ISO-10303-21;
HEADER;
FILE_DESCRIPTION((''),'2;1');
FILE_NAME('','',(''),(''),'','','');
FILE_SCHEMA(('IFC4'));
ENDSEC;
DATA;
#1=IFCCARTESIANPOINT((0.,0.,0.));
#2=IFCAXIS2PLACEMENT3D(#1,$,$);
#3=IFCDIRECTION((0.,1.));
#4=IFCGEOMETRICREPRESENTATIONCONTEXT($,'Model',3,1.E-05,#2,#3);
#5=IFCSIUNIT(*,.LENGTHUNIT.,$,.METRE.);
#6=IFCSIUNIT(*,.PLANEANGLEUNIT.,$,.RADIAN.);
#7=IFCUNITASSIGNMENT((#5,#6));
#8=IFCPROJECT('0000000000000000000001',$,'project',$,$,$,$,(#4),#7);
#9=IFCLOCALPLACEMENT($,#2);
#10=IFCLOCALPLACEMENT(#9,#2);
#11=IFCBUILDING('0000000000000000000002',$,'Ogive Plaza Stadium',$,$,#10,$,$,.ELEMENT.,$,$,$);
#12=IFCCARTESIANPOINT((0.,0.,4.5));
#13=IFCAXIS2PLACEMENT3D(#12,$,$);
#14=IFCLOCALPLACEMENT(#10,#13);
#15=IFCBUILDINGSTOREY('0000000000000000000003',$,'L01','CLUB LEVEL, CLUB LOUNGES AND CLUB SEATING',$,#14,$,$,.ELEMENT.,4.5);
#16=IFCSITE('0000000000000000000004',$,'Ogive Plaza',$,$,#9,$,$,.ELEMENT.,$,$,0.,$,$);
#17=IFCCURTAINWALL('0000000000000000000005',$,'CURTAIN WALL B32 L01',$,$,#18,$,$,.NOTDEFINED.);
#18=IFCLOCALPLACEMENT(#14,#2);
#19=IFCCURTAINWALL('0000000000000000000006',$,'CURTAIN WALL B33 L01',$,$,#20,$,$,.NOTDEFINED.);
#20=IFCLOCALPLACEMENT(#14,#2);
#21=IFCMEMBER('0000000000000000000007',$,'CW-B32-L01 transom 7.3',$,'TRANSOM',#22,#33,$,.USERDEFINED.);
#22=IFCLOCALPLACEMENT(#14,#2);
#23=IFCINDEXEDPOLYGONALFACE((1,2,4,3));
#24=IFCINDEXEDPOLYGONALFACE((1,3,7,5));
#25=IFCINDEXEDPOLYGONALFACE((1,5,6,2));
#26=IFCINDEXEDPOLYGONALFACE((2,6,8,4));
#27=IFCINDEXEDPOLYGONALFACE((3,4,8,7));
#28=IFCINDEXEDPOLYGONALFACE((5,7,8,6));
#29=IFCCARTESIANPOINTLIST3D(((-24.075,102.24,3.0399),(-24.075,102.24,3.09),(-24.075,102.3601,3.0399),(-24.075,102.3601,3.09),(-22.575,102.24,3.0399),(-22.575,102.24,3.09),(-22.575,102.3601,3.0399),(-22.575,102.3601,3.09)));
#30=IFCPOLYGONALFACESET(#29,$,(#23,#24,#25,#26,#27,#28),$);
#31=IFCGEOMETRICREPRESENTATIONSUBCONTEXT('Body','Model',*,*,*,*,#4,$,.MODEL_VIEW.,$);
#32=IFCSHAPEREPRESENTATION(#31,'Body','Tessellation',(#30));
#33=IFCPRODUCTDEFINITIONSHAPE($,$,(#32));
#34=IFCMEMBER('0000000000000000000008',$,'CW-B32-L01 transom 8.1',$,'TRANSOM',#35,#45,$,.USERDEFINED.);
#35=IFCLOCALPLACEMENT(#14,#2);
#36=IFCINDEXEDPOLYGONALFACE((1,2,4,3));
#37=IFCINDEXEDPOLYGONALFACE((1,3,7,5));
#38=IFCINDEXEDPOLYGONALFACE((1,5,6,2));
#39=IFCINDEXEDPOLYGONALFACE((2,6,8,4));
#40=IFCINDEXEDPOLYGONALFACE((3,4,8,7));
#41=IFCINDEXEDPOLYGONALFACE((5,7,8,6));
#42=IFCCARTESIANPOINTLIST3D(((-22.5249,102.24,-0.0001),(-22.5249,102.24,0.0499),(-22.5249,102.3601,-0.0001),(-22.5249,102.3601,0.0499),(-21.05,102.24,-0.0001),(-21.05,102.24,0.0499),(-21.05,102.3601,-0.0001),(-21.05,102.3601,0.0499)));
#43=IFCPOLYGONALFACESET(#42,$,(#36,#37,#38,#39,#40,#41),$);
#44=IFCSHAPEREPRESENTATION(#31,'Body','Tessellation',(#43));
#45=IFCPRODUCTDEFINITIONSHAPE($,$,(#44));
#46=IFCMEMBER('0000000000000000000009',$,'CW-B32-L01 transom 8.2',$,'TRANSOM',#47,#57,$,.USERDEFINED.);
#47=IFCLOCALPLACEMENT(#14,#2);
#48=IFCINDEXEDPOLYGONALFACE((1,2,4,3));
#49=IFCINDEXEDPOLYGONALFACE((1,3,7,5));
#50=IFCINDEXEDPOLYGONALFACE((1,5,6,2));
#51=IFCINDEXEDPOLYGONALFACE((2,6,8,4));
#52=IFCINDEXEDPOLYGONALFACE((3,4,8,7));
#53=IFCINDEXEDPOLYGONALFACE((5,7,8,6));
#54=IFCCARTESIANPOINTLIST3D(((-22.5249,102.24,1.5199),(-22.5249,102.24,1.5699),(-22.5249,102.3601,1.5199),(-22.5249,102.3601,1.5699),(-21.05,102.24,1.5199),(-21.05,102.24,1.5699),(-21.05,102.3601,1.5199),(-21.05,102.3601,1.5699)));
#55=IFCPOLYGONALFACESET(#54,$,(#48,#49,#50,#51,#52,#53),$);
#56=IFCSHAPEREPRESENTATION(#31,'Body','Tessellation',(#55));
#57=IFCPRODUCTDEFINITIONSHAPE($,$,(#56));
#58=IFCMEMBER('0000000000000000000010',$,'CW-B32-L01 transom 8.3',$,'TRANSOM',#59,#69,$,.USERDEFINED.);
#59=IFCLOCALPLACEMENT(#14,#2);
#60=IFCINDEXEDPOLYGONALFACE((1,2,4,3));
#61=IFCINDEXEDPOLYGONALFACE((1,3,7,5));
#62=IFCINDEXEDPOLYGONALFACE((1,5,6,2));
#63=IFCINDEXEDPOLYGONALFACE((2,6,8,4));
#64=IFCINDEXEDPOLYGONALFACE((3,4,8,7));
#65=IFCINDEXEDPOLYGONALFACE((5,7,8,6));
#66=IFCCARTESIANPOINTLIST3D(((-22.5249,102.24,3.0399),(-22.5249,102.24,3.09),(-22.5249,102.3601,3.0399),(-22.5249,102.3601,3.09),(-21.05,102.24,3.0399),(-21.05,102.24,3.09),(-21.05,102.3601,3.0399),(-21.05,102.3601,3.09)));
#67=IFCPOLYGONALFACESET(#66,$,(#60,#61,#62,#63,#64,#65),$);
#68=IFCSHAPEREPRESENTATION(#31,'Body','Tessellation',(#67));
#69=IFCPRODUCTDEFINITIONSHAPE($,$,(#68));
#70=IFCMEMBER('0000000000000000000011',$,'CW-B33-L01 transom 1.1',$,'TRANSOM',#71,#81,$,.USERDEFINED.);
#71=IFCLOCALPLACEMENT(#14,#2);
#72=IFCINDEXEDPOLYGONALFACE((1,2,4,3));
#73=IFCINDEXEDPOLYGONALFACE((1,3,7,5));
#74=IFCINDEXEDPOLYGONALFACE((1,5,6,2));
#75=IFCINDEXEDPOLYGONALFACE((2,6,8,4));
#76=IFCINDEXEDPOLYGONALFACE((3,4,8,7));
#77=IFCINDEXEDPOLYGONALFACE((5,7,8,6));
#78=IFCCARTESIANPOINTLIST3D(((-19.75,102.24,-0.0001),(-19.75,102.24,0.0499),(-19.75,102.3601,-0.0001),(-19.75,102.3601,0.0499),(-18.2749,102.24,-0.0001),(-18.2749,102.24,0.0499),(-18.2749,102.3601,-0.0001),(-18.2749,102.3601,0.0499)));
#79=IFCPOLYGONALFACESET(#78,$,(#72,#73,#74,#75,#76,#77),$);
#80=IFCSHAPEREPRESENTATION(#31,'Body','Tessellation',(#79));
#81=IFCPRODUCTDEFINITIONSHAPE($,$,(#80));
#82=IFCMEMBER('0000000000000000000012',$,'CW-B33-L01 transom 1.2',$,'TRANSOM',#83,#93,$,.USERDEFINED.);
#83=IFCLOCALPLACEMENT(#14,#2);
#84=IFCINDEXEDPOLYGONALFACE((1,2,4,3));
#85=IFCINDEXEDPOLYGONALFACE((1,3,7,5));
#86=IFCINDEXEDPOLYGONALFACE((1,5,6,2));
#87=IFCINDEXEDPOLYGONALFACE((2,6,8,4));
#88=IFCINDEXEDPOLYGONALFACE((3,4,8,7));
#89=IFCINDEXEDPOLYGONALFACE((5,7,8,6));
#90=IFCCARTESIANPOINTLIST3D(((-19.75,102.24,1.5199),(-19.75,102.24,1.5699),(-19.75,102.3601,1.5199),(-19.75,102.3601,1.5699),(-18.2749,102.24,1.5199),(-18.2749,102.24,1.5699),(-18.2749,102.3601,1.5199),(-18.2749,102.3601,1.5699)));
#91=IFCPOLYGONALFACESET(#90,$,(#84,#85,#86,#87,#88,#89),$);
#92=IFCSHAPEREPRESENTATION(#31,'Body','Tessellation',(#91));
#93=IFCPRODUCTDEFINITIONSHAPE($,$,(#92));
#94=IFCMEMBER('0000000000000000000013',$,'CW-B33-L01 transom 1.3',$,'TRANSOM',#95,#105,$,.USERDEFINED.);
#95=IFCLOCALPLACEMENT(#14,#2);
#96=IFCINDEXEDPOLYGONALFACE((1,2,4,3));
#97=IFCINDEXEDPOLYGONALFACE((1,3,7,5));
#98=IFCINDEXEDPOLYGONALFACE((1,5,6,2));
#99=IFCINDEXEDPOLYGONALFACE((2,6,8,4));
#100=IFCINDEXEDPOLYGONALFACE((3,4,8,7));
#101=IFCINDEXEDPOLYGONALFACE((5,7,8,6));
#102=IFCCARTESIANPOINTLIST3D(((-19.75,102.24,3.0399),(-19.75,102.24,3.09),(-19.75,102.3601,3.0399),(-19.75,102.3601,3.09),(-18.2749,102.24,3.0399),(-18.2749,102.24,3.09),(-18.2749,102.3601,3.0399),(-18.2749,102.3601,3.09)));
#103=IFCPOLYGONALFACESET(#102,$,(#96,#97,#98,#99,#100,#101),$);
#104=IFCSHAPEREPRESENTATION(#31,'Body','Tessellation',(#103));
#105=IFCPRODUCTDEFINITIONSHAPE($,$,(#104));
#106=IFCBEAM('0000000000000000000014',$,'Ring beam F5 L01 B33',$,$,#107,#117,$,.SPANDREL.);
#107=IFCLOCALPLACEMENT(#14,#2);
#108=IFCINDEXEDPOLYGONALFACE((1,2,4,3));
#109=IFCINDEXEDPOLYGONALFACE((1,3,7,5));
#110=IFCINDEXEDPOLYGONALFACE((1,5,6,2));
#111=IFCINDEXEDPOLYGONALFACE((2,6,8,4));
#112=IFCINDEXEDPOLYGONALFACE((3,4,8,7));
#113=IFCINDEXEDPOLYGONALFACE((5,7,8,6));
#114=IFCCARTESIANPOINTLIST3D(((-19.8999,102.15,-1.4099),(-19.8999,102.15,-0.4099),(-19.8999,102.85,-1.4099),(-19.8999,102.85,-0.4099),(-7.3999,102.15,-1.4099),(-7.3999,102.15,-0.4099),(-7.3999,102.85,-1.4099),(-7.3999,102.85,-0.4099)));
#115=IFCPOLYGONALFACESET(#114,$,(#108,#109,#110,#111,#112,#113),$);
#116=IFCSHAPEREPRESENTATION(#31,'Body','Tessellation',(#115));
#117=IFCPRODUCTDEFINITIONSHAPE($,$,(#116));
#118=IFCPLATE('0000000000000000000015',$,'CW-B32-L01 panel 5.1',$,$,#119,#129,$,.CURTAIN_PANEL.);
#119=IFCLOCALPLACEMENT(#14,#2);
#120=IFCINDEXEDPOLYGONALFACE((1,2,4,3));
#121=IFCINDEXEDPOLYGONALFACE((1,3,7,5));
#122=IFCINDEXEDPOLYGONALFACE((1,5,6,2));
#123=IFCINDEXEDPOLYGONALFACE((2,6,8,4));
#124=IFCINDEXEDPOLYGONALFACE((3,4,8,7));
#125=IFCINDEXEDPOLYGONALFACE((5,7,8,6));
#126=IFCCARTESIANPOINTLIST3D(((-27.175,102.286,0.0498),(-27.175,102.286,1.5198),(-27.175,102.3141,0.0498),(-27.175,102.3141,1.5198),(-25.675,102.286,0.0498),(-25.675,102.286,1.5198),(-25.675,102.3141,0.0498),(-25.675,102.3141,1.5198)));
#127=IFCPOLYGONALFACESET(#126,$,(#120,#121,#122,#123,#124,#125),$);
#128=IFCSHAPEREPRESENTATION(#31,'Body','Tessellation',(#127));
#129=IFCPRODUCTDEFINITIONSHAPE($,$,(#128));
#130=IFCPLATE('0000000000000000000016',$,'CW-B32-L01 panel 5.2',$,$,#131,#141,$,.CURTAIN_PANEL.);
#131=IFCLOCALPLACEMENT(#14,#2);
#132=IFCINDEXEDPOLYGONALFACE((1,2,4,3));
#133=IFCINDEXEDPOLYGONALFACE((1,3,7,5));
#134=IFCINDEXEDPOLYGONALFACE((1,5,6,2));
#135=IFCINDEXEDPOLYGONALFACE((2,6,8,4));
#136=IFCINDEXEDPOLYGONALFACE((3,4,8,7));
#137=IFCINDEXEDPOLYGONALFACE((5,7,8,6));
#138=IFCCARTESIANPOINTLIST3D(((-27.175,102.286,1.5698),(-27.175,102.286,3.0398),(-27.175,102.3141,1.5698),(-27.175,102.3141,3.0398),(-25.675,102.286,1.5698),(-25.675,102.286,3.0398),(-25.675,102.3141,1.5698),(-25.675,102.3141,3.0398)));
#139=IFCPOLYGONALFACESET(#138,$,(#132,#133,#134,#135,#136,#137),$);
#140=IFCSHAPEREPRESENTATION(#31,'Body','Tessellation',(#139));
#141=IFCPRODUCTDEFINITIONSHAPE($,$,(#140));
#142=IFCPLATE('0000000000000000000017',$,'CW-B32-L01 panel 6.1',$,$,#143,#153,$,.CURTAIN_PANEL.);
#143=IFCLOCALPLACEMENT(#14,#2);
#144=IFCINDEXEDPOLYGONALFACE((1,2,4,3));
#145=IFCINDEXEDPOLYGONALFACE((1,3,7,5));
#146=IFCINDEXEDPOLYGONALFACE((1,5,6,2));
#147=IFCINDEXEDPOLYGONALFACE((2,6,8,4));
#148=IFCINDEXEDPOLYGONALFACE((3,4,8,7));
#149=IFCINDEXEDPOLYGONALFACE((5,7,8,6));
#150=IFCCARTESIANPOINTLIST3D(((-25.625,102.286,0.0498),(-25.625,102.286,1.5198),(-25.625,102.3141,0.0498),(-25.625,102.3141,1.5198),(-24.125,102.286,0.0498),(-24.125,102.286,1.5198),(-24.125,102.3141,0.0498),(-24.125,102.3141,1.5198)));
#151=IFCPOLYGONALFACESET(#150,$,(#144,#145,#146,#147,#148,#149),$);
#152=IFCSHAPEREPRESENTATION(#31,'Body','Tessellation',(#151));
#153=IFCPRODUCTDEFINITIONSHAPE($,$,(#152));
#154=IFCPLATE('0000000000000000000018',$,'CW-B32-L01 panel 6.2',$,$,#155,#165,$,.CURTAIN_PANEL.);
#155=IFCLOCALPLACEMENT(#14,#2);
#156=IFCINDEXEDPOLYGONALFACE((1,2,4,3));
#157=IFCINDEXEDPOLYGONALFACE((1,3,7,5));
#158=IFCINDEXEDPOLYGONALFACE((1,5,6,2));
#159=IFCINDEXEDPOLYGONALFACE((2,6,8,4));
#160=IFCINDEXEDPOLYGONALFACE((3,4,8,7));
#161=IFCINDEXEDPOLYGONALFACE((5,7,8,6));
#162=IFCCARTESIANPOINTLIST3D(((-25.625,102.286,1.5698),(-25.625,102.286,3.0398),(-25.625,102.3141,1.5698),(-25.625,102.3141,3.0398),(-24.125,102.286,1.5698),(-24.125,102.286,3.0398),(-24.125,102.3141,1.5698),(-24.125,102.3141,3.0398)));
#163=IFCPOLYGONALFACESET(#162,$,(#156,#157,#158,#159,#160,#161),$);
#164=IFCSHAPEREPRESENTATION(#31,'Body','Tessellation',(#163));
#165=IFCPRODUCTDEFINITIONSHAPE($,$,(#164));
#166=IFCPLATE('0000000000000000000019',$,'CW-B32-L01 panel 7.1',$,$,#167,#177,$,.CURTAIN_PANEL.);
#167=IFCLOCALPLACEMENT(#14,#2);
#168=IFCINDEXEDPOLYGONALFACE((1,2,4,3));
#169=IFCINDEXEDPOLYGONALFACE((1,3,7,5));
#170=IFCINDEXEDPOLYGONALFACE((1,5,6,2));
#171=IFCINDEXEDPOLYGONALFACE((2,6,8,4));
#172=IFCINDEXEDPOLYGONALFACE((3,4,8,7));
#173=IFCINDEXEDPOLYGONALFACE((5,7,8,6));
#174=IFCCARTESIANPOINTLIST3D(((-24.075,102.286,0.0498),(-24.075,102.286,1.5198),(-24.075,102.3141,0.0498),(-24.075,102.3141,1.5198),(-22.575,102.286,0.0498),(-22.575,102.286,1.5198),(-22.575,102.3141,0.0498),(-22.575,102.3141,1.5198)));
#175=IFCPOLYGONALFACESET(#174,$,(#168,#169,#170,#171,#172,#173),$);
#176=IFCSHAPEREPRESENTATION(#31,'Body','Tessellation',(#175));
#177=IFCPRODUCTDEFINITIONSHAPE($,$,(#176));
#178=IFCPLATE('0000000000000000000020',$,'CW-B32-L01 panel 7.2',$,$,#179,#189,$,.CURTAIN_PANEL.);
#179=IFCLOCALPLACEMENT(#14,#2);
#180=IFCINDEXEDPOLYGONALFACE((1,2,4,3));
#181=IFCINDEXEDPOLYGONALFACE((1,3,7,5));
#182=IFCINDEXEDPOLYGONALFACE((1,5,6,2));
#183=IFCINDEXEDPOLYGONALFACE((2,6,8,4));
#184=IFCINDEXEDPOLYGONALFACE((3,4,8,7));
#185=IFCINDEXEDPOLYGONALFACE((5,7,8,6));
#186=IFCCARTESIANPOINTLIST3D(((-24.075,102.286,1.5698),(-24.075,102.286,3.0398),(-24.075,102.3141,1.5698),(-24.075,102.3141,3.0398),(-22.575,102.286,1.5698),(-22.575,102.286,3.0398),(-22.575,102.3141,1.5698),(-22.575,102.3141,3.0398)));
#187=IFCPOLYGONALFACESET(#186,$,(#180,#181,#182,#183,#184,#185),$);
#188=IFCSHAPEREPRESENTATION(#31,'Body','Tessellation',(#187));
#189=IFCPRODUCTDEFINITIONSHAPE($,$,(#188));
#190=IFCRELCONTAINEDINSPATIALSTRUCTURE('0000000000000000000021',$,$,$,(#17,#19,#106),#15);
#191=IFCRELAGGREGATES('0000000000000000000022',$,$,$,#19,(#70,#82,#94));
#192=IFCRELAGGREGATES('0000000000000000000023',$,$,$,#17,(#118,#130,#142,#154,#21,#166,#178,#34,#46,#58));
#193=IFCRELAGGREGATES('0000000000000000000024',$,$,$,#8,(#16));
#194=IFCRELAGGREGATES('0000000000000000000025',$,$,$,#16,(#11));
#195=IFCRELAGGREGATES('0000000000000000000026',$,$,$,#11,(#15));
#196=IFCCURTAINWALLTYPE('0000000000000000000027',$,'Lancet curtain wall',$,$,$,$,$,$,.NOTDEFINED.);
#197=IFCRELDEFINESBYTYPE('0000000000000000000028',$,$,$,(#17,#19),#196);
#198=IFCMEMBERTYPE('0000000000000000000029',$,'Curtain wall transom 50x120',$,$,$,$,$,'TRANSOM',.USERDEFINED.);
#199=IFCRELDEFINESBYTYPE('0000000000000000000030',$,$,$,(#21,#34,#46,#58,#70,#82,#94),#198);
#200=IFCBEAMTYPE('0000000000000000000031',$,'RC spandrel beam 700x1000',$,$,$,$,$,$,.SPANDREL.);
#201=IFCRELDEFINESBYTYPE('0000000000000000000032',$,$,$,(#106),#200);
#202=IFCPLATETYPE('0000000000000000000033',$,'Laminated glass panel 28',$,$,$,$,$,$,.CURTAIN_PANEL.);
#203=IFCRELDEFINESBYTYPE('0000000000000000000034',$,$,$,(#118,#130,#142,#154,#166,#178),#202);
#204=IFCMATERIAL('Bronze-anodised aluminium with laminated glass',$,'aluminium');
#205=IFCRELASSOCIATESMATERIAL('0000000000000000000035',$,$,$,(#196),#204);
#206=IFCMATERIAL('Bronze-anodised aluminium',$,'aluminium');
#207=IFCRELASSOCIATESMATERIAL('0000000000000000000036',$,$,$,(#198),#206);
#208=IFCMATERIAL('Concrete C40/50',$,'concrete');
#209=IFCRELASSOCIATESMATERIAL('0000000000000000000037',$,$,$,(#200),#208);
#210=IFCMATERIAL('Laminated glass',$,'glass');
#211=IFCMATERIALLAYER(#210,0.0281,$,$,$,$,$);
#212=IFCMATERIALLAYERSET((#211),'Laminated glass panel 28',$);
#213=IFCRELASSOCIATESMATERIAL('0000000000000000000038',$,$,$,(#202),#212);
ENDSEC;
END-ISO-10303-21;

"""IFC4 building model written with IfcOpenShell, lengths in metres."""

from ifc_helpers import new_model, si_unit, direction, frame, origin, origin_2d, place, context, subcontext, project, spatial, rectangle, extrude, material, layer, layer_set, material_profile, profile_set, type_object, element, aggregate, save


model = new_model("IFC4")

# Units and contexts
model_context = context("Model", 3, precision=1e-05, world=origin(), true_north=direction((0.0, 1.0)))
body_context = subcontext(model_context, "Body", "Model", "MODEL_VIEW")
ifc_project = project(units=[si_unit("LENGTHUNIT", "METRE"), si_unit("PLANEANGLEUNIT", "RADIAN")], contexts=[model_context])

# Site, building, storey
site_placement = place(None, origin())
site = spatial("IfcSite", under=ifc_project, at=site_placement, Name="Ogive Plaza", CompositionType="ELEMENT", RefElevation=0.0)
building_placement = place(site_placement, origin())
building = spatial("IfcBuilding", under=site, at=building_placement, Name="Ogive Plaza Stadium", CompositionType="ELEMENT")
storey_placement = place(building_placement, frame((0.0, 0.0, 4.5)))
storey = spatial("IfcBuildingStorey", under=building, at=storey_placement, Name="L01", Description="CLUB LEVEL, CLUB LOUNGES AND CLUB SEATING", CompositionType="ELEMENT", Elevation=4.5)

# Curtain wall
ifc_material_1 = material(Name="Bronze-anodised aluminium with laminated glass", Category="aluminium")
curtain_wall_type = type_object("IfcCurtainWallType", Name="Lancet curtain wall", PredefinedType="NOTDEFINED", material=ifc_material_1)
curtain_wall_1_placement = place(storey_placement, origin())
curtain_wall_1 = element("IfcCurtainWall", 1, at=curtain_wall_1_placement, inside=storey, type_object=curtain_wall_type, Name="CURTAIN WALL B32 L01", PredefinedType="NOTDEFINED")

# Curtain wall
curtain_wall_2_placement = place(storey_placement, origin())
curtain_wall_2 = element("IfcCurtainWall", 2, at=curtain_wall_2_placement, inside=storey, type_object=curtain_wall_type, Name="CURTAIN WALL B33 L01", PredefinedType="NOTDEFINED")

# Members
ifc_material_2 = material(Name="Bronze-anodised aluminium", Category="aluminium")
ifc_material_profile_1 = material_profile(ifc_material_2, rectangle(XDim=0.1201, YDim=0.05, at=origin_2d()), Name="AL 120x50")
ifc_profile_set_1 = profile_set([ifc_material_profile_1], Name="Bronze-anodised aluminium")
member_type_1 = type_object("IfcMemberType", Name="Curtain wall transom 50x120", ElementType="TRANSOM", PredefinedType="USERDEFINED", material=ifc_profile_set_1)
member_1_placement = place(storey_placement, frame((-24.075, 102.3, 3.0649), z_axis=(1.0, 0.0, 0.0), x_axis=(0.0, 1.0, 0.0)))
member_1 = element("IfcMember", 3, at=member_1_placement, type_object=member_type_1, Name="CW-B32-L01 transom 7.3", ObjectType="TRANSOM", PredefinedType="USERDEFINED", context=body_context, shape_type="SweptSolid", body=[
    extrude(rectangle(XDim=0.1201, YDim=0.05, at=origin_2d()), origin(), (0.0, 0.0, 1.0), 1.5),
])
member_2_placement = place(storey_placement, frame((-22.5249, 102.3, 0.0249), z_axis=(1.0, 0.0, 0.0), x_axis=(0.0, 1.0, 0.0)))
member_2 = element("IfcMember", 4, at=member_2_placement, type_object=member_type_1, Name="CW-B32-L01 transom 8.1", ObjectType="TRANSOM", PredefinedType="USERDEFINED", context=body_context, shape_type="SweptSolid", body=[
    extrude(rectangle(XDim=0.1201, YDim=0.05, at=origin_2d()), origin(), (0.0, 0.0, 1.0), 1.4749),
])
member_3_placement = place(storey_placement, frame((-22.5249, 102.3, 1.5449), z_axis=(1.0, 0.0, 0.0), x_axis=(0.0, 1.0, 0.0)))
member_3 = element("IfcMember", 5, at=member_3_placement, type_object=member_type_1, Name="CW-B32-L01 transom 8.2", ObjectType="TRANSOM", PredefinedType="USERDEFINED", context=body_context, shape_type="SweptSolid", body=[
    extrude(rectangle(XDim=0.1201, YDim=0.05, at=origin_2d()), origin(), (0.0, 0.0, 1.0), 1.4749),
])
member_4_placement = place(storey_placement, frame((-22.5249, 102.3, 3.0649), z_axis=(1.0, 0.0, 0.0), x_axis=(0.0, 1.0, 0.0)))
member_4 = element("IfcMember", 6, at=member_4_placement, type_object=member_type_1, Name="CW-B32-L01 transom 8.3", ObjectType="TRANSOM", PredefinedType="USERDEFINED", context=body_context, shape_type="SweptSolid", body=[
    extrude(rectangle(XDim=0.1201, YDim=0.05, at=origin_2d()), origin(), (0.0, 0.0, 1.0), 1.4749),
])
member_5_placement = place(storey_placement, frame((-19.75, 102.3, 0.0249), z_axis=(1.0, 0.0, 0.0), x_axis=(0.0, 1.0, 0.0)))
member_5 = element("IfcMember", 7, at=member_5_placement, type_object=member_type_1, Name="CW-B33-L01 transom 1.1", ObjectType="TRANSOM", PredefinedType="USERDEFINED", context=body_context, shape_type="SweptSolid", body=[
    extrude(rectangle(XDim=0.1201, YDim=0.05, at=origin_2d()), origin(), (0.0, 0.0, 1.0), 1.4751),
])
member_6_placement = place(storey_placement, frame((-19.75, 102.3, 1.5449), z_axis=(1.0, 0.0, 0.0), x_axis=(0.0, 1.0, 0.0)))
member_6 = element("IfcMember", 8, at=member_6_placement, type_object=member_type_1, Name="CW-B33-L01 transom 1.2", ObjectType="TRANSOM", PredefinedType="USERDEFINED", context=body_context, shape_type="SweptSolid", body=[
    extrude(rectangle(XDim=0.1201, YDim=0.05, at=origin_2d()), origin(), (0.0, 0.0, 1.0), 1.4751),
])
member_7_placement = place(storey_placement, frame((-19.75, 102.3, 3.0649), z_axis=(1.0, 0.0, 0.0), x_axis=(0.0, 1.0, 0.0)))
member_7 = element("IfcMember", 9, at=member_7_placement, type_object=member_type_1, Name="CW-B33-L01 transom 1.3", ObjectType="TRANSOM", PredefinedType="USERDEFINED", context=body_context, shape_type="SweptSolid", body=[
    extrude(rectangle(XDim=0.1201, YDim=0.05, at=origin_2d()), origin(), (0.0, 0.0, 1.0), 1.4751),
])
aggregate(curtain_wall_2, [member_5, member_6, member_7])

# Beam
ifc_material_3 = material(Name="Concrete C40/50", Category="concrete")
ifc_material_profile_2 = material_profile(ifc_material_3, rectangle(XDim=0.7, YDim=1.0, at=origin_2d()), Name="RC 700x1000")
ifc_profile_set_2 = profile_set([ifc_material_profile_2], Name="Concrete C40/50")
beam_type = type_object("IfcBeamType", Name="RC spandrel beam 700x1000", PredefinedType="SPANDREL", material=ifc_profile_set_2)
beam_placement = place(storey_placement, frame((-19.8999, 102.5, -0.9099), z_axis=(1.0, 0.0, 0.0), x_axis=(0.0, 1.0, 0.0)))
element("IfcBeam", 10, at=beam_placement, inside=storey, type_object=beam_type, Name="Ring beam F5 L01 B33", PredefinedType="SPANDREL", context=body_context, shape_type="SweptSolid", body=[
    extrude(rectangle(XDim=0.7, YDim=1.0, at=origin_2d()), origin(), (0.0, 0.0, 1.0), 12.5),
])

# Plates
ifc_material_4 = material(Name="Laminated glass", Category="glass")
ifc_layer_1 = layer(ifc_material_4, 0.0281)
ifc_layer_set_1 = layer_set([ifc_layer_1], Name="Laminated glass panel 28")
plate_type = type_object("IfcPlateType", Name="Laminated glass panel 28", PredefinedType="CURTAIN_PANEL", material=ifc_layer_set_1)
plate_1_placement = place(storey_placement, frame((-26.425, 102.3, 0.0498), z_axis=(0.0, 0.0, 1.0), x_axis=(1.0, 0.0, 0.0)))
plate_1 = element("IfcPlate", 11, at=plate_1_placement, type_object=plate_type, Name="CW-B32-L01 panel 5.1", PredefinedType="CURTAIN_PANEL", context=body_context, shape_type="SweptSolid", body=[
    extrude(rectangle(XDim=1.5, YDim=0.0281, at=origin_2d()), origin(), (0.0, 0.0, 1.0), 1.47),
])
plate_2_placement = place(storey_placement, frame((-26.425, 102.3, 1.5698), z_axis=(0.0, 0.0, 1.0), x_axis=(1.0, 0.0, 0.0)))
plate_2 = element("IfcPlate", 12, at=plate_2_placement, type_object=plate_type, Name="CW-B32-L01 panel 5.2", PredefinedType="CURTAIN_PANEL", context=body_context, shape_type="SweptSolid", body=[
    extrude(rectangle(XDim=1.5, YDim=0.0281, at=origin_2d()), origin(), (0.0, 0.0, 1.0), 1.47),
])
plate_3_placement = place(storey_placement, frame((-24.875, 102.3, 0.0498), z_axis=(0.0, 0.0, 1.0), x_axis=(1.0, 0.0, 0.0)))
plate_3 = element("IfcPlate", 13, at=plate_3_placement, type_object=plate_type, Name="CW-B32-L01 panel 6.1", PredefinedType="CURTAIN_PANEL", context=body_context, shape_type="SweptSolid", body=[
    extrude(rectangle(XDim=1.5, YDim=0.0281, at=origin_2d()), origin(), (0.0, 0.0, 1.0), 1.47),
])
plate_4_placement = place(storey_placement, frame((-24.875, 102.3, 1.5698), z_axis=(0.0, 0.0, 1.0), x_axis=(1.0, 0.0, 0.0)))
plate_4 = element("IfcPlate", 14, at=plate_4_placement, type_object=plate_type, Name="CW-B32-L01 panel 6.2", PredefinedType="CURTAIN_PANEL", context=body_context, shape_type="SweptSolid", body=[
    extrude(rectangle(XDim=1.5, YDim=0.0281, at=origin_2d()), origin(), (0.0, 0.0, 1.0), 1.47),
])
plate_5_placement = place(storey_placement, frame((-23.325, 102.3, 0.0498), z_axis=(0.0, 0.0, 1.0), x_axis=(1.0, 0.0, 0.0)))
plate_5 = element("IfcPlate", 15, at=plate_5_placement, type_object=plate_type, Name="CW-B32-L01 panel 7.1", PredefinedType="CURTAIN_PANEL", context=body_context, shape_type="SweptSolid", body=[
    extrude(rectangle(XDim=1.5, YDim=0.0281, at=origin_2d()), origin(), (0.0, 0.0, 1.0), 1.47),
])
plate_6_placement = place(storey_placement, frame((-23.325, 102.3, 1.5698), z_axis=(0.0, 0.0, 1.0), x_axis=(1.0, 0.0, 0.0)))
plate_6 = element("IfcPlate", 16, at=plate_6_placement, type_object=plate_type, Name="CW-B32-L01 panel 7.2", PredefinedType="CURTAIN_PANEL", context=body_context, shape_type="SweptSolid", body=[
    extrude(rectangle(XDim=1.5, YDim=0.0281, at=origin_2d()), origin(), (0.0, 0.0, 1.0), 1.47),
])
aggregate(curtain_wall_1, [plate_1, plate_2, plate_3, plate_4, member_1, plate_5, plate_6, member_2, member_3, member_4])

save(model, "model.ifc")
